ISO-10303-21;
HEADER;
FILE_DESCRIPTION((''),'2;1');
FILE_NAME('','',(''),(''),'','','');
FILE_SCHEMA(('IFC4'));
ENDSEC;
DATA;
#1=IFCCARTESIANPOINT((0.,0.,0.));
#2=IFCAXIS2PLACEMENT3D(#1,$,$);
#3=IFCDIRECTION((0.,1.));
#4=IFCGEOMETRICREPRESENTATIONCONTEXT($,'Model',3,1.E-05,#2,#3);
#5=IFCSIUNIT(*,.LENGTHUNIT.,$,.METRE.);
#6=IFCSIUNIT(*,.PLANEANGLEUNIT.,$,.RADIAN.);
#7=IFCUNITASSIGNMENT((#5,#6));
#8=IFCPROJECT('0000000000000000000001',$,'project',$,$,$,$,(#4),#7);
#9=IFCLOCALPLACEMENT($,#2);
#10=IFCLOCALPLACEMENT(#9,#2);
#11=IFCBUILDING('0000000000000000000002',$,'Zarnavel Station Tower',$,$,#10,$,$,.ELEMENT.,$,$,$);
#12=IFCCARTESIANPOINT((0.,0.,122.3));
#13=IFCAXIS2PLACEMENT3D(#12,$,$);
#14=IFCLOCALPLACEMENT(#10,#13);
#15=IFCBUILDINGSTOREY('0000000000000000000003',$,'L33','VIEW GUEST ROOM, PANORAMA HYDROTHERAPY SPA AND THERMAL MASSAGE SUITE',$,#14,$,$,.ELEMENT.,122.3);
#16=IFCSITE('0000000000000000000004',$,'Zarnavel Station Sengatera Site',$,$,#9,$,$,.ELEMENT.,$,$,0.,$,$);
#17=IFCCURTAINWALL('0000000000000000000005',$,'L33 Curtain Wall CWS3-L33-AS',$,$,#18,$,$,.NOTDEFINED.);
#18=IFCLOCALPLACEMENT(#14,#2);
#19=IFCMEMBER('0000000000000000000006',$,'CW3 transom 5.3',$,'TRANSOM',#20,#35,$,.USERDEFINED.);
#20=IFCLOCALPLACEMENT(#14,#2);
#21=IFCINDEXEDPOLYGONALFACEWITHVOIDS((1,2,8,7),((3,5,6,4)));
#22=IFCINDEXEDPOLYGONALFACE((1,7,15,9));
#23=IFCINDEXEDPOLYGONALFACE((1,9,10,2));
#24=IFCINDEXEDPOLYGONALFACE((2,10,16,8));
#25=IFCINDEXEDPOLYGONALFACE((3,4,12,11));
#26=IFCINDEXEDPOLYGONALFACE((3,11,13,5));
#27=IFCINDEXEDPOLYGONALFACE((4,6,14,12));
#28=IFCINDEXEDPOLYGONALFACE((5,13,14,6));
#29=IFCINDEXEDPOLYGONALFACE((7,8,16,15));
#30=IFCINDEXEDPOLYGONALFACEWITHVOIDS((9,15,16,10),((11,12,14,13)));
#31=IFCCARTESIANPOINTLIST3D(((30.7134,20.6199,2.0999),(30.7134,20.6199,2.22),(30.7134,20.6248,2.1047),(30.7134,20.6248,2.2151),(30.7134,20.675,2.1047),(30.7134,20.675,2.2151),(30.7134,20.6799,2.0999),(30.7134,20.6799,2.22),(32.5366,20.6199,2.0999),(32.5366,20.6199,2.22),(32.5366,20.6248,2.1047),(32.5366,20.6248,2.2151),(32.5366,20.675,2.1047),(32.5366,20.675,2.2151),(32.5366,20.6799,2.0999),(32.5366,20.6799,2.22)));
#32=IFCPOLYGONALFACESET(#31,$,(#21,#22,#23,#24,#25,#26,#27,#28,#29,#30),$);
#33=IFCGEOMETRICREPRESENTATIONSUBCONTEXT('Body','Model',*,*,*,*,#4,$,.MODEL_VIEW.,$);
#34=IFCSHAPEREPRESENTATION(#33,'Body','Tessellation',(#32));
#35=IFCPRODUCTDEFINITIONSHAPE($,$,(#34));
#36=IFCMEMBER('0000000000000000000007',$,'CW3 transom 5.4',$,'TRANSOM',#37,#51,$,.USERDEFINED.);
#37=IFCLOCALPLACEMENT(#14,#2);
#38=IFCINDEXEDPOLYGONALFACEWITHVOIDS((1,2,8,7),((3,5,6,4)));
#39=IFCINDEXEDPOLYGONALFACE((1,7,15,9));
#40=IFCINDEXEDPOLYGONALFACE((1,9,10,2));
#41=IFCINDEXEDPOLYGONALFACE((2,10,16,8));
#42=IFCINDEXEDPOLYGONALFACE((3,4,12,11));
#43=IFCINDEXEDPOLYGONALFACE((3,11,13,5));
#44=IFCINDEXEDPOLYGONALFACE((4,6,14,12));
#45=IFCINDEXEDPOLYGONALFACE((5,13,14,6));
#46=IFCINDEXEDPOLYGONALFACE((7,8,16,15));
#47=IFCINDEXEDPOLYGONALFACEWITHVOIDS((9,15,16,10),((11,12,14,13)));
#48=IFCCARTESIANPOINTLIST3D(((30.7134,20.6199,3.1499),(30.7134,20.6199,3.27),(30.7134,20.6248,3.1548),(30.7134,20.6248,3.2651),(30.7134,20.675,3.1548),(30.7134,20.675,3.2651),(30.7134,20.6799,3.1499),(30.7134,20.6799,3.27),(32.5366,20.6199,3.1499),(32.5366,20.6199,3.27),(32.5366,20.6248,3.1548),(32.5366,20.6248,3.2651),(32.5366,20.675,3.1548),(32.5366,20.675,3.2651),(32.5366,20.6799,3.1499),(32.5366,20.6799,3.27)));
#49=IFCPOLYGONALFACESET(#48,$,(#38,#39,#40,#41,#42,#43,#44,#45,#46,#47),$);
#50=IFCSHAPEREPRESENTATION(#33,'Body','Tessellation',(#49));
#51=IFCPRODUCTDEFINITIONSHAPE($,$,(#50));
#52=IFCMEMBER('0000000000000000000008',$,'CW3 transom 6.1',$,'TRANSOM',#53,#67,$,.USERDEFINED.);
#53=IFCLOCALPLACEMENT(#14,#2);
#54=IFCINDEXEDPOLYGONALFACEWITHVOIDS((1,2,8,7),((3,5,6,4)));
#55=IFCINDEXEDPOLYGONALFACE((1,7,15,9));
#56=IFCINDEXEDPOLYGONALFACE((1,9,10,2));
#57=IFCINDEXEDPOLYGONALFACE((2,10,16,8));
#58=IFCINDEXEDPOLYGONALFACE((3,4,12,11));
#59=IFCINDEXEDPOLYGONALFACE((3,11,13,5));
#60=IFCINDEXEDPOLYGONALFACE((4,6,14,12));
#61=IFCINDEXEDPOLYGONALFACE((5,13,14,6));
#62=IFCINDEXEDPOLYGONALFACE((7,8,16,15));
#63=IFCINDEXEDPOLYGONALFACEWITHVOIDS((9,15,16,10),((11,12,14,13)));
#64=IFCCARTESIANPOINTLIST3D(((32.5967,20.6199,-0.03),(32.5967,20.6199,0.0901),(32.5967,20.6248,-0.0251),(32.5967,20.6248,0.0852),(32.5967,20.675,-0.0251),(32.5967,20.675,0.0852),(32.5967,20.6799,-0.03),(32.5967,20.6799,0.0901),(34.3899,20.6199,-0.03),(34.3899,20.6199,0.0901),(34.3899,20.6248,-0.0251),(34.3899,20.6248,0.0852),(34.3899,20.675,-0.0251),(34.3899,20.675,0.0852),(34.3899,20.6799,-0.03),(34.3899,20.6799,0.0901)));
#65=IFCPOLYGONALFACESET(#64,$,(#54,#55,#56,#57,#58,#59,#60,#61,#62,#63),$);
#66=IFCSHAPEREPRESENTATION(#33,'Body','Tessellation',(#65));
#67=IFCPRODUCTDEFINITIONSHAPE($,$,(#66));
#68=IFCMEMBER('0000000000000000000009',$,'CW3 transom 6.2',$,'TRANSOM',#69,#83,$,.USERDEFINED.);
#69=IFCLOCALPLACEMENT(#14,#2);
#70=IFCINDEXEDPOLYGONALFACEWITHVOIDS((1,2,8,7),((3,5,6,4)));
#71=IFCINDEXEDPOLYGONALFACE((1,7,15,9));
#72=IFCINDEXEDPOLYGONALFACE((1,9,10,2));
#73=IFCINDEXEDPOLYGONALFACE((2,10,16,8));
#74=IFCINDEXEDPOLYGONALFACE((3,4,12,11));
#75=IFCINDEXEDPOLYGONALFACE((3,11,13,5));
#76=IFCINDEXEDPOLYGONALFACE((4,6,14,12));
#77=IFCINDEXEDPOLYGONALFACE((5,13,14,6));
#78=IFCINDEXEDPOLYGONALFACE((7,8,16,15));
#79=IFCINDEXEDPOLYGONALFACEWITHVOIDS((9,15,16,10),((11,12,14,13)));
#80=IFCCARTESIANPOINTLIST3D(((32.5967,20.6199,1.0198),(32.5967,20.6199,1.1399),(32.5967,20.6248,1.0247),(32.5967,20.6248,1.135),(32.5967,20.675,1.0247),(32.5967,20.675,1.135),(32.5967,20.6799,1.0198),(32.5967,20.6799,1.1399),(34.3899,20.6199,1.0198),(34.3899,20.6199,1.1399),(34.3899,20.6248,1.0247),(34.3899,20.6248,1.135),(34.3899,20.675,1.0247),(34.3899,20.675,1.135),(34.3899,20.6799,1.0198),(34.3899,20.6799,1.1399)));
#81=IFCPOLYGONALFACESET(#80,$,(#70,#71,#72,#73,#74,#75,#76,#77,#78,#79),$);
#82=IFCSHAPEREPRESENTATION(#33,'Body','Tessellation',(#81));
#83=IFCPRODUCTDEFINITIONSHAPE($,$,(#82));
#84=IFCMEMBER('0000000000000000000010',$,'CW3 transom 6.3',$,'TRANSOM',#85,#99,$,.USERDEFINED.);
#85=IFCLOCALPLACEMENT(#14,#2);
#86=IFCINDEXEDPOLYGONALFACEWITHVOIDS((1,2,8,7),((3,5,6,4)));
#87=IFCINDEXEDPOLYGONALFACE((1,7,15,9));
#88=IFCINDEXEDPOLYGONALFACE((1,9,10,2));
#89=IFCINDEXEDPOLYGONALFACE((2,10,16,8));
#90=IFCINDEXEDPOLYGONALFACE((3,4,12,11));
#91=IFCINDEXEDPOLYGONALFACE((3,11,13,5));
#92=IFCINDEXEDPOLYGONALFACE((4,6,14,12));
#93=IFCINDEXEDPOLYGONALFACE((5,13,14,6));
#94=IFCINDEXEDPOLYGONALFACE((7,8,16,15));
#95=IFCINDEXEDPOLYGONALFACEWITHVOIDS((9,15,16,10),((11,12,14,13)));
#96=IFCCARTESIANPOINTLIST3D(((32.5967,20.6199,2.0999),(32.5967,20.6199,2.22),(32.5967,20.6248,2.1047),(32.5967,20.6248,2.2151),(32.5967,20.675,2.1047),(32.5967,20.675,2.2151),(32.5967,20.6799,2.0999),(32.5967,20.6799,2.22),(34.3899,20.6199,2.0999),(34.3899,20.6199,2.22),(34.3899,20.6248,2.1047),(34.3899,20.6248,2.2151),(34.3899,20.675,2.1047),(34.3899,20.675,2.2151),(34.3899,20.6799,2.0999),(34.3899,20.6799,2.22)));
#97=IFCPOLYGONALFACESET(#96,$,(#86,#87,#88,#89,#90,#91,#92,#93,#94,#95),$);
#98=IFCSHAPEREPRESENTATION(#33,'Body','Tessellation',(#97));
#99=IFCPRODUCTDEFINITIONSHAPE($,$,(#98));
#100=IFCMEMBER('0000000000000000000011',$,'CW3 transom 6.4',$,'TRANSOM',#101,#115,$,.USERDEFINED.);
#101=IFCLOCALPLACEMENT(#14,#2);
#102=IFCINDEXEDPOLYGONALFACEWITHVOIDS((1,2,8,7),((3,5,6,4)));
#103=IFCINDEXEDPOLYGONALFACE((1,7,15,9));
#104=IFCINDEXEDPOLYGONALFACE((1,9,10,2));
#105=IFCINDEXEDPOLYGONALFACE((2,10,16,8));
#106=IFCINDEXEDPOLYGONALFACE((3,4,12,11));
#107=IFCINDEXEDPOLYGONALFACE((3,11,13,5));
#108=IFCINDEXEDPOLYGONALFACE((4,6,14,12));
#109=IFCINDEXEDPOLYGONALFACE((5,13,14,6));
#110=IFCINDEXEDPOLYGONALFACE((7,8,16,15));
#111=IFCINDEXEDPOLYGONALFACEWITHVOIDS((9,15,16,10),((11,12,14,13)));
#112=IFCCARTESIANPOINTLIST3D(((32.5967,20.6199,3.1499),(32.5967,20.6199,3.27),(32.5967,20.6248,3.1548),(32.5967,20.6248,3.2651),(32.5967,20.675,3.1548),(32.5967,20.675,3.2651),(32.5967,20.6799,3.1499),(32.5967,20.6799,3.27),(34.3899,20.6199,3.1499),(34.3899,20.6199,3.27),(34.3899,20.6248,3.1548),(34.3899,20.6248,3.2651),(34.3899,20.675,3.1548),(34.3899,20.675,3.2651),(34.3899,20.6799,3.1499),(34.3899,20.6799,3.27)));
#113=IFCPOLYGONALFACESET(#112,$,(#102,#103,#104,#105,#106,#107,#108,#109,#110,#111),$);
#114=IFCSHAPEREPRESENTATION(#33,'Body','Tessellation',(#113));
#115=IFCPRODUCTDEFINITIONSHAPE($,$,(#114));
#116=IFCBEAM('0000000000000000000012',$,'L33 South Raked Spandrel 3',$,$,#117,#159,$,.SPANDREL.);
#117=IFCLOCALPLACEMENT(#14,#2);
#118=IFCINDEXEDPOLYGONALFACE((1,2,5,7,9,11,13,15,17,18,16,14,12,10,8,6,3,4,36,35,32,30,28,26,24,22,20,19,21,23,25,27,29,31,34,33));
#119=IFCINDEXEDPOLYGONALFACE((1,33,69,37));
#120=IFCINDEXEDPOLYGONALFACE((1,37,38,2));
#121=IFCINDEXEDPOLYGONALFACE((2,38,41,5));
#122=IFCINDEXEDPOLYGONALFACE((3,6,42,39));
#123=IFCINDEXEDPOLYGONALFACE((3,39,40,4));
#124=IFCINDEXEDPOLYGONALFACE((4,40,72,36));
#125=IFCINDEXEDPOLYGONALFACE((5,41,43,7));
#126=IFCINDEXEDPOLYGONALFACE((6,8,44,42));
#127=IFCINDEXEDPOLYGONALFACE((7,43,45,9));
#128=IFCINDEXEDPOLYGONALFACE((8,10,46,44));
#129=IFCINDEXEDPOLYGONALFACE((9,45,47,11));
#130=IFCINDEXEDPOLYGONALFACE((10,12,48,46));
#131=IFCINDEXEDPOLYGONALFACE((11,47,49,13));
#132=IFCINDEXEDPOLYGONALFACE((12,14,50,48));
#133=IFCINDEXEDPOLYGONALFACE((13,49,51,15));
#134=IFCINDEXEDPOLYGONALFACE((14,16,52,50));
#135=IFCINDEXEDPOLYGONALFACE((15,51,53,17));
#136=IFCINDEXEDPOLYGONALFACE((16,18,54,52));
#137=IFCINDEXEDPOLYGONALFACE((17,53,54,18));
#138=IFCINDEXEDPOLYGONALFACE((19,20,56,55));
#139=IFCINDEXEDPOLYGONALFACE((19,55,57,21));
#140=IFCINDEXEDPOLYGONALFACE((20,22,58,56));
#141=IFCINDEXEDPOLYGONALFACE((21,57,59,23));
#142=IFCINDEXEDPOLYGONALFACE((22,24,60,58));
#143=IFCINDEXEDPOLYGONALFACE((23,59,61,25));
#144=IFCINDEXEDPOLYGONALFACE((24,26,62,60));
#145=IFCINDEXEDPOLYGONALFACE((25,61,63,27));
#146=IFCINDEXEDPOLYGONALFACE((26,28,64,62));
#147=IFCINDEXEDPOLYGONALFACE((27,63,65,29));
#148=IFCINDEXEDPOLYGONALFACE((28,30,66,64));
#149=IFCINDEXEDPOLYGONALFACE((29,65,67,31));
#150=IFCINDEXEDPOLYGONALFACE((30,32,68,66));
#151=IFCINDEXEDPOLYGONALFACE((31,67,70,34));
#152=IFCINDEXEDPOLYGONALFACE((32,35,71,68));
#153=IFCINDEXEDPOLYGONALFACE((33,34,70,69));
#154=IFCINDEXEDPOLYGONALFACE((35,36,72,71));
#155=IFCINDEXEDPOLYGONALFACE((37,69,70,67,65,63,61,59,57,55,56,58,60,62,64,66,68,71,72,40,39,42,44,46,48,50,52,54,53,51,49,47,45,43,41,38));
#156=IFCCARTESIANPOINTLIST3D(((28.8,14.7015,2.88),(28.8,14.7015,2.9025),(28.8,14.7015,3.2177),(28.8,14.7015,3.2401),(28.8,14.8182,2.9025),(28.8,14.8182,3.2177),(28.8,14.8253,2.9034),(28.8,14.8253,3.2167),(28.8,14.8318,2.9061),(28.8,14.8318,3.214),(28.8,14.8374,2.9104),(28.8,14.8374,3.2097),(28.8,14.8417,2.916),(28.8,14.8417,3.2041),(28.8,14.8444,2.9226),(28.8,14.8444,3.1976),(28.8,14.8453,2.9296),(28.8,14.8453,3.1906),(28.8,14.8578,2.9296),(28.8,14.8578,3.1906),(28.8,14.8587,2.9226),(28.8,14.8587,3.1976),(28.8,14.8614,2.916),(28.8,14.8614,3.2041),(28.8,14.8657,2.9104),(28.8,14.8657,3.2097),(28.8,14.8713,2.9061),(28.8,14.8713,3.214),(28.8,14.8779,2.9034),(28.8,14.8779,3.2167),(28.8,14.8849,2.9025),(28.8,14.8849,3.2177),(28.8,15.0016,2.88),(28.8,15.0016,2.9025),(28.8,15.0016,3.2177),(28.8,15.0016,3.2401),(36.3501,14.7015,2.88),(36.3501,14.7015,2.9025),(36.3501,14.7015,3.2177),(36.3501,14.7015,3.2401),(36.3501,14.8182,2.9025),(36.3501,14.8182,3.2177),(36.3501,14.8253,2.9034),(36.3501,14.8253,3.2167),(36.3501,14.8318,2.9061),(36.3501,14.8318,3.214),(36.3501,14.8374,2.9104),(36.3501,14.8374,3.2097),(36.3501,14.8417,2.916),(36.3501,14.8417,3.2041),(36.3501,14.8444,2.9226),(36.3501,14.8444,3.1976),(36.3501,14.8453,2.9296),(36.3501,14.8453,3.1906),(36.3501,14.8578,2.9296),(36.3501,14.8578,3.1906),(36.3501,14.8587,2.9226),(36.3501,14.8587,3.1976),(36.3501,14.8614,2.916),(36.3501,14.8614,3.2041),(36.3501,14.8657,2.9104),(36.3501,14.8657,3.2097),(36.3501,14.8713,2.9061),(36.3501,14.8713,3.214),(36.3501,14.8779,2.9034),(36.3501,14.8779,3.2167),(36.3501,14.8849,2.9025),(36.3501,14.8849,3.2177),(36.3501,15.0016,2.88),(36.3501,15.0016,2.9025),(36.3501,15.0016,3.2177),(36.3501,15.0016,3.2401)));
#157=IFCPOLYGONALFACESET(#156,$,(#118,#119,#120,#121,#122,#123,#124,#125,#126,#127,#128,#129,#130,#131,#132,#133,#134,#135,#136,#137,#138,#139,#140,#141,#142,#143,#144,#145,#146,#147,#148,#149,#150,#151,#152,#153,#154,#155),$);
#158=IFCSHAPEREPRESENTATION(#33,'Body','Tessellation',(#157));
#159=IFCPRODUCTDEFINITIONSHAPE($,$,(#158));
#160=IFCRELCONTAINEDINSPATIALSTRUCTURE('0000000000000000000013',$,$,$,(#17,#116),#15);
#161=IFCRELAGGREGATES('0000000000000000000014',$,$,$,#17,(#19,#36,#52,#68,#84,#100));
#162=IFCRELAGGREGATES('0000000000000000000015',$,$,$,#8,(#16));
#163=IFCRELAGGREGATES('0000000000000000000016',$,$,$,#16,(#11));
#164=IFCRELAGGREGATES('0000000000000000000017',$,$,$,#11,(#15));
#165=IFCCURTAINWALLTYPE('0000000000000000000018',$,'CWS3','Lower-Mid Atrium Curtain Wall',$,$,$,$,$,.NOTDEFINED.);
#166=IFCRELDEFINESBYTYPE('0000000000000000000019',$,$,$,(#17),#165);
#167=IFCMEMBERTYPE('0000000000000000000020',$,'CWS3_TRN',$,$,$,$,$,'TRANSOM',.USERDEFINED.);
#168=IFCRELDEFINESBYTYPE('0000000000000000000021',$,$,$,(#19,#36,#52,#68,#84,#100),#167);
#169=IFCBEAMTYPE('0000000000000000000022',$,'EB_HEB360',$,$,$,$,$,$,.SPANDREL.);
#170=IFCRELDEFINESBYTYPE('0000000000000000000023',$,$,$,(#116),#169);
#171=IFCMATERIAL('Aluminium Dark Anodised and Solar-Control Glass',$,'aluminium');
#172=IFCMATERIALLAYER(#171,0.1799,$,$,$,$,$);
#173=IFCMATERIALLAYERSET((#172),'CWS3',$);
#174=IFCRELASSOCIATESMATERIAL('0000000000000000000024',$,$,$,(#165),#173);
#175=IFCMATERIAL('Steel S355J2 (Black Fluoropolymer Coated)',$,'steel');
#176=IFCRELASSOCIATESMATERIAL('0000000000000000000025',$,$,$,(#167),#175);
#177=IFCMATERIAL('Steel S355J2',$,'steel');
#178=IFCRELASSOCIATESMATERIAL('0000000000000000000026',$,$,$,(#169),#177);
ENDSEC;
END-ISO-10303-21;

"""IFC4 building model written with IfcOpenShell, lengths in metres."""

from ifc_helpers import new_model, si_unit, direction, frame, origin, origin_2d, place, context, subcontext, project, spatial, hollow_rectangle, i_section, extrude, material, layer, layer_set, material_profile, profile_set, type_object, element, aggregate, save


model = new_model("IFC4")

# Units and contexts
model_context = context("Model", 3, precision=1e-05, world=origin(), true_north=direction((0.0, 1.0)))
body_context = subcontext(model_context, "Body", "Model", "MODEL_VIEW")
ifc_project = project(units=[si_unit("LENGTHUNIT", "METRE"), si_unit("PLANEANGLEUNIT", "RADIAN")], contexts=[model_context])

# Site, building, storey
site_placement = place(None, origin())
site = spatial("IfcSite", under=ifc_project, at=site_placement, Name="Zarnavel Station Sengatera Site", CompositionType="ELEMENT", RefElevation=0.0)
building_placement = place(site_placement, origin())
building = spatial("IfcBuilding", under=site, at=building_placement, Name="Zarnavel Station Tower", CompositionType="ELEMENT")
storey_placement = place(building_placement, frame((0.0, 0.0, 122.3)))
storey = spatial("IfcBuildingStorey", under=building, at=storey_placement, Name="L33", Description="VIEW GUEST ROOM, PANORAMA HYDROTHERAPY SPA AND THERMAL MASSAGE SUITE", CompositionType="ELEMENT", Elevation=122.3)

# Curtain wall, members
ifc_material_1 = material(Name="Aluminium Dark Anodised and Solar-Control Glass", Category="aluminium")
ifc_layer_1 = layer(ifc_material_1, 0.1799)
ifc_layer_set_1 = layer_set([ifc_layer_1], Name="CWS3")
curtain_wall_type = type_object("IfcCurtainWallType", Name="CWS3", Description="Lower-Mid Atrium Curtain Wall", PredefinedType="NOTDEFINED", material=ifc_layer_set_1)
curtain_wall_placement = place(storey_placement, origin())
curtain_wall = element("IfcCurtainWall", 1, at=curtain_wall_placement, inside=storey, type_object=curtain_wall_type, Name="L33 Curtain Wall CWS3-L33-AS", PredefinedType="NOTDEFINED")
ifc_material_2 = material(Name="Steel S355J2 (Black Fluoropolymer Coated)", Category="steel")
ifc_material_profile_1 = material_profile(ifc_material_2, hollow_rectangle(XDim=0.0601, YDim=0.1201, WallThickness=0.0049, at=origin_2d()), Name="RHS120x60x5")
ifc_profile_set_1 = profile_set([ifc_material_profile_1], Name="Steel S355J2 (Black Fluoropolymer Coated)")
member_type_1 = type_object("IfcMemberType", Name="CWS3_TRN", ElementType="TRANSOM", PredefinedType="USERDEFINED", material=ifc_profile_set_1)
member_1_placement = place(storey_placement, frame((30.7134, 20.6499, 2.1599), z_axis=(1.0, 0.0, 0.0), x_axis=(0.0, 1.0, 0.0)))
member_1 = element("IfcMember", 2, at=member_1_placement, type_object=member_type_1, Name="CW3 transom 5.3", ObjectType="TRANSOM", PredefinedType="USERDEFINED", context=body_context, shape_type="SweptSolid", body=[
    extrude(hollow_rectangle(XDim=0.0601, YDim=0.1201, WallThickness=0.0049, at=origin_2d()), origin(), (0.0, 0.0, 1.0), 1.8232),
])
member_2_placement = place(storey_placement, frame((30.7134, 20.6499, 3.21), z_axis=(1.0, 0.0, 0.0), x_axis=(0.0, 1.0, 0.0)))
member_2 = element("IfcMember", 3, at=member_2_placement, type_object=member_type_1, Name="CW3 transom 5.4", ObjectType="TRANSOM", PredefinedType="USERDEFINED", context=body_context, shape_type="SweptSolid", body=[
    extrude(hollow_rectangle(XDim=0.0601, YDim=0.1201, WallThickness=0.0049, at=origin_2d()), origin(), (0.0, 0.0, 1.0), 1.8232),
])
member_3_placement = place(storey_placement, frame((32.5967, 20.6499, 0.03), z_axis=(1.0, 0.0, 0.0), x_axis=(0.0, 1.0, 0.0)))
member_3 = element("IfcMember", 4, at=member_3_placement, type_object=member_type_1, Name="CW3 transom 6.1", ObjectType="TRANSOM", PredefinedType="USERDEFINED", context=body_context, shape_type="SweptSolid", body=[
    extrude(hollow_rectangle(XDim=0.0601, YDim=0.1201, WallThickness=0.0049, at=origin_2d()), origin(), (0.0, 0.0, 1.0), 1.7932),
])
member_4_placement = place(storey_placement, frame((32.5967, 20.6499, 1.0798), z_axis=(1.0, 0.0, 0.0), x_axis=(0.0, 1.0, 0.0)))
member_4 = element("IfcMember", 5, at=member_4_placement, type_object=member_type_1, Name="CW3 transom 6.2", ObjectType="TRANSOM", PredefinedType="USERDEFINED", context=body_context, shape_type="SweptSolid", body=[
    extrude(hollow_rectangle(XDim=0.0601, YDim=0.1201, WallThickness=0.0049, at=origin_2d()), origin(), (0.0, 0.0, 1.0), 1.7932),
])
member_5_placement = place(storey_placement, frame((32.5967, 20.6499, 2.1599), z_axis=(1.0, 0.0, 0.0), x_axis=(0.0, 1.0, 0.0)))
member_5 = element("IfcMember", 6, at=member_5_placement, type_object=member_type_1, Name="CW3 transom 6.3", ObjectType="TRANSOM", PredefinedType="USERDEFINED", context=body_context, shape_type="SweptSolid", body=[
    extrude(hollow_rectangle(XDim=0.0601, YDim=0.1201, WallThickness=0.0049, at=origin_2d()), origin(), (0.0, 0.0, 1.0), 1.7932),
])
member_6_placement = place(storey_placement, frame((32.5967, 20.6499, 3.21), z_axis=(1.0, 0.0, 0.0), x_axis=(0.0, 1.0, 0.0)))
member_6 = element("IfcMember", 7, at=member_6_placement, type_object=member_type_1, Name="CW3 transom 6.4", ObjectType="TRANSOM", PredefinedType="USERDEFINED", context=body_context, shape_type="SweptSolid", body=[
    extrude(hollow_rectangle(XDim=0.0601, YDim=0.1201, WallThickness=0.0049, at=origin_2d()), origin(), (0.0, 0.0, 1.0), 1.7932),
])

# Beam
ifc_material_3 = material(Name="Steel S355J2", Category="steel")
ifc_material_profile_2 = material_profile(ifc_material_3, i_section(OverallWidth=0.3, OverallDepth=0.3601, WebThickness=0.0125, FlangeThickness=0.0225, FilletRadius=0.0271, at=origin_2d()), Name="HEB360")
ifc_profile_set_2 = profile_set([ifc_material_profile_2], Name="Steel S355J2")
beam_type_1 = type_object("IfcBeamType", Name="EB_HEB360", PredefinedType="SPANDREL", material=ifc_profile_set_2)
beam_1_placement = place(storey_placement, frame((28.8, 14.8516, 3.0601), z_axis=(1.0, 0.0, 0.0), x_axis=(0.0, 1.0, 0.0)))
element("IfcBeam", 8, at=beam_1_placement, inside=storey, type_object=beam_type_1, Name="L33 South Raked Spandrel 3", PredefinedType="SPANDREL", context=body_context, shape_type="SweptSolid", body=[
    extrude(i_section(OverallWidth=0.3, OverallDepth=0.3601, WebThickness=0.0125, FlangeThickness=0.0225, FilletRadius=0.0271, at=origin_2d()), origin(), (0.0, 0.0, 1.0), 7.55),
])

aggregate(curtain_wall, [member_1, member_2, member_3, member_4, member_5, member_6])

save(model, "model.ifc")
